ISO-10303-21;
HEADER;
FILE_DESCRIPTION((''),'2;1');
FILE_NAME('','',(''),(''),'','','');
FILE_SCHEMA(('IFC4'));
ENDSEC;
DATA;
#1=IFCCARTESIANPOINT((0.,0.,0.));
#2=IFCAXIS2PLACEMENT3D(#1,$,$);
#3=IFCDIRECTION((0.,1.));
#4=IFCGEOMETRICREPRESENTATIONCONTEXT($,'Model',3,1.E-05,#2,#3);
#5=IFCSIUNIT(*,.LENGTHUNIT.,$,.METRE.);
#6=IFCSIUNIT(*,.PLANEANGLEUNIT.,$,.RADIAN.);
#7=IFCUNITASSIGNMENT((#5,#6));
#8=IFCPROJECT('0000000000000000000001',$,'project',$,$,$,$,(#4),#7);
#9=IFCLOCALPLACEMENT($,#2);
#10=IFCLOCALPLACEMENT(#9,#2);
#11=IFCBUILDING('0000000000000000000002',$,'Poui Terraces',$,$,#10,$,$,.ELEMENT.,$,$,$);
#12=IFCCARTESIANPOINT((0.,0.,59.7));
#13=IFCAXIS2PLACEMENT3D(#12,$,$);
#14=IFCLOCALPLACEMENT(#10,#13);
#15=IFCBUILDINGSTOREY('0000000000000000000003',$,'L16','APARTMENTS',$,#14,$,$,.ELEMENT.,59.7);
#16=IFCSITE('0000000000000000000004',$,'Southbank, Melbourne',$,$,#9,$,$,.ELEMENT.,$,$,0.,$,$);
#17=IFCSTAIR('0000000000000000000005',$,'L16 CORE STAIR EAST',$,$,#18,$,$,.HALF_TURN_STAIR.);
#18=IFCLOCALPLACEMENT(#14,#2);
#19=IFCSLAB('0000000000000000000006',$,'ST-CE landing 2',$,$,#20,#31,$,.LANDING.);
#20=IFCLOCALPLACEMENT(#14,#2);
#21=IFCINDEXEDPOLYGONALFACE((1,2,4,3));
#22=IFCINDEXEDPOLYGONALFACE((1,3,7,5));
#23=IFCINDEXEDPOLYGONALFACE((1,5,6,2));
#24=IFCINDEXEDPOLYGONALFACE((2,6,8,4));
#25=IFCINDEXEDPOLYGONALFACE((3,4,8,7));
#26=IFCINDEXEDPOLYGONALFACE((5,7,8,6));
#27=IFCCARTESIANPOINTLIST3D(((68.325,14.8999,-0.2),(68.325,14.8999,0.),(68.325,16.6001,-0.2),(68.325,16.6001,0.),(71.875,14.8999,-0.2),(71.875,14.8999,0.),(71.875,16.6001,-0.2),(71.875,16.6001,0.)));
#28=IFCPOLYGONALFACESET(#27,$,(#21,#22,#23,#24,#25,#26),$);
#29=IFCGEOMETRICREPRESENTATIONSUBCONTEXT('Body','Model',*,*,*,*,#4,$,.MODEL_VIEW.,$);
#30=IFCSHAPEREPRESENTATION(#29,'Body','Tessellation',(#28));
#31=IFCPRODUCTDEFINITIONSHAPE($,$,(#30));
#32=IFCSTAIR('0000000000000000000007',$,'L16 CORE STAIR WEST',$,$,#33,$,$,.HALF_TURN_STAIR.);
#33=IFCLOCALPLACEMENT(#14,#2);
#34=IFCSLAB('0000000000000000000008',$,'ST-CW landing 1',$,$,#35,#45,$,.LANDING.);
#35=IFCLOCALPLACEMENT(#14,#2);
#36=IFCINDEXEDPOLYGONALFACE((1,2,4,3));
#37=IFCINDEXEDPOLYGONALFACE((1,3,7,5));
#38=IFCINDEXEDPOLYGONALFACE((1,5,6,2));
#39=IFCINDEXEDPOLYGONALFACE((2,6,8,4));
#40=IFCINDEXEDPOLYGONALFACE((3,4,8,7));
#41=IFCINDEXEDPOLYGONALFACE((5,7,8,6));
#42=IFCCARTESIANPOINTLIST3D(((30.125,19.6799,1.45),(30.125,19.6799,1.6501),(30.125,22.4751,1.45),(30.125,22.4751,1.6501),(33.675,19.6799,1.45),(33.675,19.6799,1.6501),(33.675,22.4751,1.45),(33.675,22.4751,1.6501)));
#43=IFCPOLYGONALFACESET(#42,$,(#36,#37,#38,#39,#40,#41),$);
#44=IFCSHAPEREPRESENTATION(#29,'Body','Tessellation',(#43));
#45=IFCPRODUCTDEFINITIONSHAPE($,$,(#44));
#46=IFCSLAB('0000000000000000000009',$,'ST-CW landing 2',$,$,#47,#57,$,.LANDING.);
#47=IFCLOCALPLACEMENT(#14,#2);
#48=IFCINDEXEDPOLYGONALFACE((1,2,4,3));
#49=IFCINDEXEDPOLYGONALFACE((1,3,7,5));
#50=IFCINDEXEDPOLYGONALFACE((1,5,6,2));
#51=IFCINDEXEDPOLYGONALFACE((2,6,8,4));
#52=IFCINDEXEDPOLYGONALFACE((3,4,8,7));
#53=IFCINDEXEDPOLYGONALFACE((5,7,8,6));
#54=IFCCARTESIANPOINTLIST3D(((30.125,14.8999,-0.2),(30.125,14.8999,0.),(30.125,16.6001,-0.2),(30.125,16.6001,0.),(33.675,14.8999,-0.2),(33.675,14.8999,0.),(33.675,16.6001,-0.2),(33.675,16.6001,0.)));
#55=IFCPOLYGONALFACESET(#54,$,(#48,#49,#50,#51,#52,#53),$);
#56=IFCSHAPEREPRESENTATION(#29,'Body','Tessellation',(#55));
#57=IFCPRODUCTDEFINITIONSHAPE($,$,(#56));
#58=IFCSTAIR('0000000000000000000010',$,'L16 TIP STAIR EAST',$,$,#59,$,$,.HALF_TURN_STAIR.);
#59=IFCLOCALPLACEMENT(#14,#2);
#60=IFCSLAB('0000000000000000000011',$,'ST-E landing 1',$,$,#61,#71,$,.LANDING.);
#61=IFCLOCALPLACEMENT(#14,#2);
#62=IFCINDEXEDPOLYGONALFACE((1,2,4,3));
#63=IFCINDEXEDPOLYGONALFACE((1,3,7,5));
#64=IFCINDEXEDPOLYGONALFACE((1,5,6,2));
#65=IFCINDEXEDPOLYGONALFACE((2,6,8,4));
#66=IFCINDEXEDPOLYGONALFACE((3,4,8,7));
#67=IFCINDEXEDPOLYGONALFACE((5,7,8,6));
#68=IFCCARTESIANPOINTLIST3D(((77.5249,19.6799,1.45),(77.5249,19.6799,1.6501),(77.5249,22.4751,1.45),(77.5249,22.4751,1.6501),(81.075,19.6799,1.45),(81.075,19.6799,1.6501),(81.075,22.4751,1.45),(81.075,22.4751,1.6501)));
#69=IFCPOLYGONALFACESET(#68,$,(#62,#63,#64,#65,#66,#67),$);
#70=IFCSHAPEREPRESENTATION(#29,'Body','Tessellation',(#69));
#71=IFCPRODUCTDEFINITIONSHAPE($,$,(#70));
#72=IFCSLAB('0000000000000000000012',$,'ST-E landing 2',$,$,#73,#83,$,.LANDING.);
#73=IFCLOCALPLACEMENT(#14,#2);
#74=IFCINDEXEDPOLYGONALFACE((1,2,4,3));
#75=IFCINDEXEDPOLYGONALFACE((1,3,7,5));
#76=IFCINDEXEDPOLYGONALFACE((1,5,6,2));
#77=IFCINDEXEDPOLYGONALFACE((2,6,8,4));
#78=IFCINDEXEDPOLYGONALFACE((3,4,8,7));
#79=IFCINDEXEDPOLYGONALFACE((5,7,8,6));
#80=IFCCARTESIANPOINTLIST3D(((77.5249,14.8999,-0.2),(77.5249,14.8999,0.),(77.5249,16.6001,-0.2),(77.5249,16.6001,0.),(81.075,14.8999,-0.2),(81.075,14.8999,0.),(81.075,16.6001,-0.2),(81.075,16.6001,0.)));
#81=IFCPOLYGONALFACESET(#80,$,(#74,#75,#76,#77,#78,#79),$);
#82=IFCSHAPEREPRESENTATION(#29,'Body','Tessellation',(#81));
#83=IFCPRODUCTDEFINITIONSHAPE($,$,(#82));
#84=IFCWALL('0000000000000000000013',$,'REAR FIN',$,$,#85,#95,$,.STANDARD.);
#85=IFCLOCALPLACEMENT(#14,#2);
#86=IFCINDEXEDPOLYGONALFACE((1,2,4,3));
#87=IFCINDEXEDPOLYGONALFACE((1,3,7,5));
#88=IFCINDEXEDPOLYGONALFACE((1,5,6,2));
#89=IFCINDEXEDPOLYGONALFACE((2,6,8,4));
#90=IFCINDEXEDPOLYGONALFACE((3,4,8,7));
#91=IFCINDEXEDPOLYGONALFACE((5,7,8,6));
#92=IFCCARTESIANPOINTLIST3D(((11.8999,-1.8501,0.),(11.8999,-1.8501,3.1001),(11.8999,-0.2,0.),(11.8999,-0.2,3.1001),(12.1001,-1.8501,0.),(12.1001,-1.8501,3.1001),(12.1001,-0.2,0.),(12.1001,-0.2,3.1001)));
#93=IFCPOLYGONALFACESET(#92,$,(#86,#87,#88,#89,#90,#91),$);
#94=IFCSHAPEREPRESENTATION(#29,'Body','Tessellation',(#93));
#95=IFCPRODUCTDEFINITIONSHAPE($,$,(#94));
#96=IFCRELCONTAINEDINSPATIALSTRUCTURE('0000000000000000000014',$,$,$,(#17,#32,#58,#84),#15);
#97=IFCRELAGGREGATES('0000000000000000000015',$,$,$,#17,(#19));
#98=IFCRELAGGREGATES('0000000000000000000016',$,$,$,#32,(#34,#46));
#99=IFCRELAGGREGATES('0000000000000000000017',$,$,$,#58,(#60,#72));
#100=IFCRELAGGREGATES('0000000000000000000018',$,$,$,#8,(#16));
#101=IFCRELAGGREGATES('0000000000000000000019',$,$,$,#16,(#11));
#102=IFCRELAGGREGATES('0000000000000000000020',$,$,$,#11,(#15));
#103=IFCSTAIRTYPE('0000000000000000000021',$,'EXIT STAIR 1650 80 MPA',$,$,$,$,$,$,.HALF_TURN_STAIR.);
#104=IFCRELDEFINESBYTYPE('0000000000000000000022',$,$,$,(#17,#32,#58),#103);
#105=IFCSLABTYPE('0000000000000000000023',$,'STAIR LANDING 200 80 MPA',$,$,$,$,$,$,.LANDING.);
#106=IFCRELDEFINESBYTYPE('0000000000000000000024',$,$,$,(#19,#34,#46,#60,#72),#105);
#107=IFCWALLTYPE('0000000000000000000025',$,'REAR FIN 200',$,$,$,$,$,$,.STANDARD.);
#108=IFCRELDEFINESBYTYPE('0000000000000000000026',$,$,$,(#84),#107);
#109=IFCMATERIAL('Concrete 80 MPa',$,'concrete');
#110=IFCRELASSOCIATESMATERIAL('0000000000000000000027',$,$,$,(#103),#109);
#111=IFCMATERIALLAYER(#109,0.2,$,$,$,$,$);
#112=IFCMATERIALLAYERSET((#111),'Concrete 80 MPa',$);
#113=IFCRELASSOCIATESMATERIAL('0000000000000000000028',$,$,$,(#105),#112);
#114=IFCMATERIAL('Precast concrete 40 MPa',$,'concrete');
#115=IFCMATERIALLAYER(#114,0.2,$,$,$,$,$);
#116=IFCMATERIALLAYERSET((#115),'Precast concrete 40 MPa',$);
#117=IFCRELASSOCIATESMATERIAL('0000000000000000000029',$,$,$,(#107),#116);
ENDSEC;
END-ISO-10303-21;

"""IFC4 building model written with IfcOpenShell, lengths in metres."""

from ifc_helpers import new_model, si_unit, direction, frame, origin, place, context, subcontext, project, spatial, polyline, outline, extrude, source, transform, mapped, material, layer, layer_set, type_object, element, aggregate, save


model = new_model("IFC4")

# Units and contexts
model_context = context("Model", 3, precision=1e-05, world=origin(), true_north=direction((0.0, 1.0)))
body_context = subcontext(model_context, "Body", "Model", "MODEL_VIEW")
ifc_project = project(units=[si_unit("LENGTHUNIT", "METRE"), si_unit("PLANEANGLEUNIT", "RADIAN")], contexts=[model_context])

# Site, building, storey
site_placement = place(None, origin())
site = spatial("IfcSite", under=ifc_project, at=site_placement, Name="Southbank, Melbourne", CompositionType="ELEMENT", RefElevation=0.0)
building_placement = place(site_placement, origin())
building = spatial("IfcBuilding", under=site, at=building_placement, Name="Poui Terraces", CompositionType="ELEMENT")
storey_placement = place(building_placement, frame((0.0, 0.0, 59.7)))
storey = spatial("IfcBuildingStorey", under=building, at=storey_placement, Name="L16", Description="APARTMENTS", CompositionType="ELEMENT", Elevation=59.7)

# Stair, slab
ifc_material_1 = material(Name="Concrete 80 MPa", Category="concrete")
stair_type = type_object("IfcStairType", Name="EXIT STAIR 1650 80 MPA", PredefinedType="HALF_TURN_STAIR", material=ifc_material_1)
stair_1_placement = place(storey_placement, origin())
stair_1 = element("IfcStair", 1, at=stair_1_placement, inside=storey, type_object=stair_type, Name="L16 CORE STAIR EAST", PredefinedType="HALF_TURN_STAIR")
ifc_layer_1 = layer(ifc_material_1, 0.2)
ifc_layer_set_1 = layer_set([ifc_layer_1], Name="Concrete 80 MPa")
slab_type = type_object("IfcSlabType", Name="STAIR LANDING 200 80 MPA", PredefinedType="LANDING", material=ifc_layer_set_1)
slab_1_placement = place(storey_placement, frame((0.0, 0.0, -0.2)))
slab_1 = element("IfcSlab", 2, at=slab_1_placement, type_object=slab_type, Name="ST-CE landing 2", PredefinedType="LANDING", context=body_context, shape_type="SweptSolid", body=[
    extrude(outline(polyline([(68.325, 14.8999), (71.875, 14.8999), (71.875, 16.6001), (68.325, 16.6001), (68.325, 14.8999)])), origin(), (0.0, 0.0, 1.0), 0.2),
])
aggregate(stair_1, [slab_1])

# Stairs, slabs
stair_2_placement = place(storey_placement, origin())
stair_2 = element("IfcStair", 3, at=stair_2_placement, inside=storey, type_object=stair_type, Name="L16 CORE STAIR WEST", PredefinedType="HALF_TURN_STAIR")
slab_2_placement = place(storey_placement, frame((0.0, 0.0, 1.45)))
slab_2 = element("IfcSlab", 4, at=slab_2_placement, type_object=slab_type, Name="ST-CW landing 1", PredefinedType="LANDING", context=body_context, shape_type="SweptSolid", body=[
    extrude(outline(polyline([(30.125, 19.6799), (33.675, 19.6799), (33.675, 22.4751), (30.125, 22.4751), (30.125, 19.6799)])), origin(), (0.0, 0.0, 1.0), 0.2002),
])
slab_3_placement = place(storey_placement, frame((0.0, 0.0, -0.2)))
slab_3 = element("IfcSlab", 5, at=slab_3_placement, type_object=slab_type, Name="ST-CW landing 2", PredefinedType="LANDING", context=body_context, shape_type="SweptSolid", body=[
    extrude(outline(polyline([(30.125, 14.8999), (33.675, 14.8999), (33.675, 16.6001), (30.125, 16.6001), (30.125, 14.8999)])), origin(), (0.0, 0.0, 1.0), 0.2),
])
aggregate(stair_2, [slab_2, slab_3])
stair_3_placement = place(storey_placement, origin())
stair_3 = element("IfcStair", 6, at=stair_3_placement, inside=storey, type_object=stair_type, Name="L16 TIP STAIR EAST", PredefinedType="HALF_TURN_STAIR")
slab_4_placement = place(storey_placement, frame((0.0, 0.0, 1.45)))
slab_4 = element("IfcSlab", 7, at=slab_4_placement, type_object=slab_type, Name="ST-E landing 1", PredefinedType="LANDING", context=body_context, shape_type="SweptSolid", body=[
    extrude(outline(polyline([(77.5249, 19.6799), (81.075, 19.6799), (81.075, 22.4751), (77.5249, 22.4751), (77.5249, 19.6799)])), origin(), (0.0, 0.0, 1.0), 0.2002),
])
slab_5_placement = place(storey_placement, frame((0.0, 0.0, -0.2)))
slab_5 = element("IfcSlab", 8, at=slab_5_placement, type_object=slab_type, Name="ST-E landing 2", PredefinedType="LANDING", context=body_context, shape_type="SweptSolid", body=[
    extrude(outline(polyline([(77.5249, 14.8999), (81.075, 14.8999), (81.075, 16.6001), (77.5249, 16.6001), (77.5249, 14.8999)])), origin(), (0.0, 0.0, 1.0), 0.2),
])
aggregate(stair_3, [slab_4, slab_5])

# Wall
ifc_material_2 = material(Name="Precast concrete 40 MPa", Category="concrete")
ifc_layer_2 = layer(ifc_material_2, 0.2)
ifc_layer_set_2 = layer_set([ifc_layer_2], Name="Precast concrete 40 MPa")
wall_type = type_object("IfcWallType", Name="REAR FIN 200", PredefinedType="STANDARD", material=ifc_layer_set_2)
shared_shape = source(origin(), body_context, "Body", "SweptSolid", [
    extrude(outline(polyline([(0.0, 0.0), (0.2002, 0.0), (0.2002, 1.6501), (0.0, 1.6501), (0.0, 0.0)])), origin(), (0.0, 0.0, 1.0), 3.1001),
])
wall_placement = place(storey_placement, frame((11.8999, -1.8501, 0.0)))
element("IfcWall", 9, at=wall_placement, inside=storey, type_object=wall_type, Name="REAR FIN", PredefinedType="STANDARD", context=body_context, shape_type="MappedRepresentation", body=[
    mapped(shared_shape, transform((0.0, 0.0, 0.0))),
])

save(model, "model.ifc")
